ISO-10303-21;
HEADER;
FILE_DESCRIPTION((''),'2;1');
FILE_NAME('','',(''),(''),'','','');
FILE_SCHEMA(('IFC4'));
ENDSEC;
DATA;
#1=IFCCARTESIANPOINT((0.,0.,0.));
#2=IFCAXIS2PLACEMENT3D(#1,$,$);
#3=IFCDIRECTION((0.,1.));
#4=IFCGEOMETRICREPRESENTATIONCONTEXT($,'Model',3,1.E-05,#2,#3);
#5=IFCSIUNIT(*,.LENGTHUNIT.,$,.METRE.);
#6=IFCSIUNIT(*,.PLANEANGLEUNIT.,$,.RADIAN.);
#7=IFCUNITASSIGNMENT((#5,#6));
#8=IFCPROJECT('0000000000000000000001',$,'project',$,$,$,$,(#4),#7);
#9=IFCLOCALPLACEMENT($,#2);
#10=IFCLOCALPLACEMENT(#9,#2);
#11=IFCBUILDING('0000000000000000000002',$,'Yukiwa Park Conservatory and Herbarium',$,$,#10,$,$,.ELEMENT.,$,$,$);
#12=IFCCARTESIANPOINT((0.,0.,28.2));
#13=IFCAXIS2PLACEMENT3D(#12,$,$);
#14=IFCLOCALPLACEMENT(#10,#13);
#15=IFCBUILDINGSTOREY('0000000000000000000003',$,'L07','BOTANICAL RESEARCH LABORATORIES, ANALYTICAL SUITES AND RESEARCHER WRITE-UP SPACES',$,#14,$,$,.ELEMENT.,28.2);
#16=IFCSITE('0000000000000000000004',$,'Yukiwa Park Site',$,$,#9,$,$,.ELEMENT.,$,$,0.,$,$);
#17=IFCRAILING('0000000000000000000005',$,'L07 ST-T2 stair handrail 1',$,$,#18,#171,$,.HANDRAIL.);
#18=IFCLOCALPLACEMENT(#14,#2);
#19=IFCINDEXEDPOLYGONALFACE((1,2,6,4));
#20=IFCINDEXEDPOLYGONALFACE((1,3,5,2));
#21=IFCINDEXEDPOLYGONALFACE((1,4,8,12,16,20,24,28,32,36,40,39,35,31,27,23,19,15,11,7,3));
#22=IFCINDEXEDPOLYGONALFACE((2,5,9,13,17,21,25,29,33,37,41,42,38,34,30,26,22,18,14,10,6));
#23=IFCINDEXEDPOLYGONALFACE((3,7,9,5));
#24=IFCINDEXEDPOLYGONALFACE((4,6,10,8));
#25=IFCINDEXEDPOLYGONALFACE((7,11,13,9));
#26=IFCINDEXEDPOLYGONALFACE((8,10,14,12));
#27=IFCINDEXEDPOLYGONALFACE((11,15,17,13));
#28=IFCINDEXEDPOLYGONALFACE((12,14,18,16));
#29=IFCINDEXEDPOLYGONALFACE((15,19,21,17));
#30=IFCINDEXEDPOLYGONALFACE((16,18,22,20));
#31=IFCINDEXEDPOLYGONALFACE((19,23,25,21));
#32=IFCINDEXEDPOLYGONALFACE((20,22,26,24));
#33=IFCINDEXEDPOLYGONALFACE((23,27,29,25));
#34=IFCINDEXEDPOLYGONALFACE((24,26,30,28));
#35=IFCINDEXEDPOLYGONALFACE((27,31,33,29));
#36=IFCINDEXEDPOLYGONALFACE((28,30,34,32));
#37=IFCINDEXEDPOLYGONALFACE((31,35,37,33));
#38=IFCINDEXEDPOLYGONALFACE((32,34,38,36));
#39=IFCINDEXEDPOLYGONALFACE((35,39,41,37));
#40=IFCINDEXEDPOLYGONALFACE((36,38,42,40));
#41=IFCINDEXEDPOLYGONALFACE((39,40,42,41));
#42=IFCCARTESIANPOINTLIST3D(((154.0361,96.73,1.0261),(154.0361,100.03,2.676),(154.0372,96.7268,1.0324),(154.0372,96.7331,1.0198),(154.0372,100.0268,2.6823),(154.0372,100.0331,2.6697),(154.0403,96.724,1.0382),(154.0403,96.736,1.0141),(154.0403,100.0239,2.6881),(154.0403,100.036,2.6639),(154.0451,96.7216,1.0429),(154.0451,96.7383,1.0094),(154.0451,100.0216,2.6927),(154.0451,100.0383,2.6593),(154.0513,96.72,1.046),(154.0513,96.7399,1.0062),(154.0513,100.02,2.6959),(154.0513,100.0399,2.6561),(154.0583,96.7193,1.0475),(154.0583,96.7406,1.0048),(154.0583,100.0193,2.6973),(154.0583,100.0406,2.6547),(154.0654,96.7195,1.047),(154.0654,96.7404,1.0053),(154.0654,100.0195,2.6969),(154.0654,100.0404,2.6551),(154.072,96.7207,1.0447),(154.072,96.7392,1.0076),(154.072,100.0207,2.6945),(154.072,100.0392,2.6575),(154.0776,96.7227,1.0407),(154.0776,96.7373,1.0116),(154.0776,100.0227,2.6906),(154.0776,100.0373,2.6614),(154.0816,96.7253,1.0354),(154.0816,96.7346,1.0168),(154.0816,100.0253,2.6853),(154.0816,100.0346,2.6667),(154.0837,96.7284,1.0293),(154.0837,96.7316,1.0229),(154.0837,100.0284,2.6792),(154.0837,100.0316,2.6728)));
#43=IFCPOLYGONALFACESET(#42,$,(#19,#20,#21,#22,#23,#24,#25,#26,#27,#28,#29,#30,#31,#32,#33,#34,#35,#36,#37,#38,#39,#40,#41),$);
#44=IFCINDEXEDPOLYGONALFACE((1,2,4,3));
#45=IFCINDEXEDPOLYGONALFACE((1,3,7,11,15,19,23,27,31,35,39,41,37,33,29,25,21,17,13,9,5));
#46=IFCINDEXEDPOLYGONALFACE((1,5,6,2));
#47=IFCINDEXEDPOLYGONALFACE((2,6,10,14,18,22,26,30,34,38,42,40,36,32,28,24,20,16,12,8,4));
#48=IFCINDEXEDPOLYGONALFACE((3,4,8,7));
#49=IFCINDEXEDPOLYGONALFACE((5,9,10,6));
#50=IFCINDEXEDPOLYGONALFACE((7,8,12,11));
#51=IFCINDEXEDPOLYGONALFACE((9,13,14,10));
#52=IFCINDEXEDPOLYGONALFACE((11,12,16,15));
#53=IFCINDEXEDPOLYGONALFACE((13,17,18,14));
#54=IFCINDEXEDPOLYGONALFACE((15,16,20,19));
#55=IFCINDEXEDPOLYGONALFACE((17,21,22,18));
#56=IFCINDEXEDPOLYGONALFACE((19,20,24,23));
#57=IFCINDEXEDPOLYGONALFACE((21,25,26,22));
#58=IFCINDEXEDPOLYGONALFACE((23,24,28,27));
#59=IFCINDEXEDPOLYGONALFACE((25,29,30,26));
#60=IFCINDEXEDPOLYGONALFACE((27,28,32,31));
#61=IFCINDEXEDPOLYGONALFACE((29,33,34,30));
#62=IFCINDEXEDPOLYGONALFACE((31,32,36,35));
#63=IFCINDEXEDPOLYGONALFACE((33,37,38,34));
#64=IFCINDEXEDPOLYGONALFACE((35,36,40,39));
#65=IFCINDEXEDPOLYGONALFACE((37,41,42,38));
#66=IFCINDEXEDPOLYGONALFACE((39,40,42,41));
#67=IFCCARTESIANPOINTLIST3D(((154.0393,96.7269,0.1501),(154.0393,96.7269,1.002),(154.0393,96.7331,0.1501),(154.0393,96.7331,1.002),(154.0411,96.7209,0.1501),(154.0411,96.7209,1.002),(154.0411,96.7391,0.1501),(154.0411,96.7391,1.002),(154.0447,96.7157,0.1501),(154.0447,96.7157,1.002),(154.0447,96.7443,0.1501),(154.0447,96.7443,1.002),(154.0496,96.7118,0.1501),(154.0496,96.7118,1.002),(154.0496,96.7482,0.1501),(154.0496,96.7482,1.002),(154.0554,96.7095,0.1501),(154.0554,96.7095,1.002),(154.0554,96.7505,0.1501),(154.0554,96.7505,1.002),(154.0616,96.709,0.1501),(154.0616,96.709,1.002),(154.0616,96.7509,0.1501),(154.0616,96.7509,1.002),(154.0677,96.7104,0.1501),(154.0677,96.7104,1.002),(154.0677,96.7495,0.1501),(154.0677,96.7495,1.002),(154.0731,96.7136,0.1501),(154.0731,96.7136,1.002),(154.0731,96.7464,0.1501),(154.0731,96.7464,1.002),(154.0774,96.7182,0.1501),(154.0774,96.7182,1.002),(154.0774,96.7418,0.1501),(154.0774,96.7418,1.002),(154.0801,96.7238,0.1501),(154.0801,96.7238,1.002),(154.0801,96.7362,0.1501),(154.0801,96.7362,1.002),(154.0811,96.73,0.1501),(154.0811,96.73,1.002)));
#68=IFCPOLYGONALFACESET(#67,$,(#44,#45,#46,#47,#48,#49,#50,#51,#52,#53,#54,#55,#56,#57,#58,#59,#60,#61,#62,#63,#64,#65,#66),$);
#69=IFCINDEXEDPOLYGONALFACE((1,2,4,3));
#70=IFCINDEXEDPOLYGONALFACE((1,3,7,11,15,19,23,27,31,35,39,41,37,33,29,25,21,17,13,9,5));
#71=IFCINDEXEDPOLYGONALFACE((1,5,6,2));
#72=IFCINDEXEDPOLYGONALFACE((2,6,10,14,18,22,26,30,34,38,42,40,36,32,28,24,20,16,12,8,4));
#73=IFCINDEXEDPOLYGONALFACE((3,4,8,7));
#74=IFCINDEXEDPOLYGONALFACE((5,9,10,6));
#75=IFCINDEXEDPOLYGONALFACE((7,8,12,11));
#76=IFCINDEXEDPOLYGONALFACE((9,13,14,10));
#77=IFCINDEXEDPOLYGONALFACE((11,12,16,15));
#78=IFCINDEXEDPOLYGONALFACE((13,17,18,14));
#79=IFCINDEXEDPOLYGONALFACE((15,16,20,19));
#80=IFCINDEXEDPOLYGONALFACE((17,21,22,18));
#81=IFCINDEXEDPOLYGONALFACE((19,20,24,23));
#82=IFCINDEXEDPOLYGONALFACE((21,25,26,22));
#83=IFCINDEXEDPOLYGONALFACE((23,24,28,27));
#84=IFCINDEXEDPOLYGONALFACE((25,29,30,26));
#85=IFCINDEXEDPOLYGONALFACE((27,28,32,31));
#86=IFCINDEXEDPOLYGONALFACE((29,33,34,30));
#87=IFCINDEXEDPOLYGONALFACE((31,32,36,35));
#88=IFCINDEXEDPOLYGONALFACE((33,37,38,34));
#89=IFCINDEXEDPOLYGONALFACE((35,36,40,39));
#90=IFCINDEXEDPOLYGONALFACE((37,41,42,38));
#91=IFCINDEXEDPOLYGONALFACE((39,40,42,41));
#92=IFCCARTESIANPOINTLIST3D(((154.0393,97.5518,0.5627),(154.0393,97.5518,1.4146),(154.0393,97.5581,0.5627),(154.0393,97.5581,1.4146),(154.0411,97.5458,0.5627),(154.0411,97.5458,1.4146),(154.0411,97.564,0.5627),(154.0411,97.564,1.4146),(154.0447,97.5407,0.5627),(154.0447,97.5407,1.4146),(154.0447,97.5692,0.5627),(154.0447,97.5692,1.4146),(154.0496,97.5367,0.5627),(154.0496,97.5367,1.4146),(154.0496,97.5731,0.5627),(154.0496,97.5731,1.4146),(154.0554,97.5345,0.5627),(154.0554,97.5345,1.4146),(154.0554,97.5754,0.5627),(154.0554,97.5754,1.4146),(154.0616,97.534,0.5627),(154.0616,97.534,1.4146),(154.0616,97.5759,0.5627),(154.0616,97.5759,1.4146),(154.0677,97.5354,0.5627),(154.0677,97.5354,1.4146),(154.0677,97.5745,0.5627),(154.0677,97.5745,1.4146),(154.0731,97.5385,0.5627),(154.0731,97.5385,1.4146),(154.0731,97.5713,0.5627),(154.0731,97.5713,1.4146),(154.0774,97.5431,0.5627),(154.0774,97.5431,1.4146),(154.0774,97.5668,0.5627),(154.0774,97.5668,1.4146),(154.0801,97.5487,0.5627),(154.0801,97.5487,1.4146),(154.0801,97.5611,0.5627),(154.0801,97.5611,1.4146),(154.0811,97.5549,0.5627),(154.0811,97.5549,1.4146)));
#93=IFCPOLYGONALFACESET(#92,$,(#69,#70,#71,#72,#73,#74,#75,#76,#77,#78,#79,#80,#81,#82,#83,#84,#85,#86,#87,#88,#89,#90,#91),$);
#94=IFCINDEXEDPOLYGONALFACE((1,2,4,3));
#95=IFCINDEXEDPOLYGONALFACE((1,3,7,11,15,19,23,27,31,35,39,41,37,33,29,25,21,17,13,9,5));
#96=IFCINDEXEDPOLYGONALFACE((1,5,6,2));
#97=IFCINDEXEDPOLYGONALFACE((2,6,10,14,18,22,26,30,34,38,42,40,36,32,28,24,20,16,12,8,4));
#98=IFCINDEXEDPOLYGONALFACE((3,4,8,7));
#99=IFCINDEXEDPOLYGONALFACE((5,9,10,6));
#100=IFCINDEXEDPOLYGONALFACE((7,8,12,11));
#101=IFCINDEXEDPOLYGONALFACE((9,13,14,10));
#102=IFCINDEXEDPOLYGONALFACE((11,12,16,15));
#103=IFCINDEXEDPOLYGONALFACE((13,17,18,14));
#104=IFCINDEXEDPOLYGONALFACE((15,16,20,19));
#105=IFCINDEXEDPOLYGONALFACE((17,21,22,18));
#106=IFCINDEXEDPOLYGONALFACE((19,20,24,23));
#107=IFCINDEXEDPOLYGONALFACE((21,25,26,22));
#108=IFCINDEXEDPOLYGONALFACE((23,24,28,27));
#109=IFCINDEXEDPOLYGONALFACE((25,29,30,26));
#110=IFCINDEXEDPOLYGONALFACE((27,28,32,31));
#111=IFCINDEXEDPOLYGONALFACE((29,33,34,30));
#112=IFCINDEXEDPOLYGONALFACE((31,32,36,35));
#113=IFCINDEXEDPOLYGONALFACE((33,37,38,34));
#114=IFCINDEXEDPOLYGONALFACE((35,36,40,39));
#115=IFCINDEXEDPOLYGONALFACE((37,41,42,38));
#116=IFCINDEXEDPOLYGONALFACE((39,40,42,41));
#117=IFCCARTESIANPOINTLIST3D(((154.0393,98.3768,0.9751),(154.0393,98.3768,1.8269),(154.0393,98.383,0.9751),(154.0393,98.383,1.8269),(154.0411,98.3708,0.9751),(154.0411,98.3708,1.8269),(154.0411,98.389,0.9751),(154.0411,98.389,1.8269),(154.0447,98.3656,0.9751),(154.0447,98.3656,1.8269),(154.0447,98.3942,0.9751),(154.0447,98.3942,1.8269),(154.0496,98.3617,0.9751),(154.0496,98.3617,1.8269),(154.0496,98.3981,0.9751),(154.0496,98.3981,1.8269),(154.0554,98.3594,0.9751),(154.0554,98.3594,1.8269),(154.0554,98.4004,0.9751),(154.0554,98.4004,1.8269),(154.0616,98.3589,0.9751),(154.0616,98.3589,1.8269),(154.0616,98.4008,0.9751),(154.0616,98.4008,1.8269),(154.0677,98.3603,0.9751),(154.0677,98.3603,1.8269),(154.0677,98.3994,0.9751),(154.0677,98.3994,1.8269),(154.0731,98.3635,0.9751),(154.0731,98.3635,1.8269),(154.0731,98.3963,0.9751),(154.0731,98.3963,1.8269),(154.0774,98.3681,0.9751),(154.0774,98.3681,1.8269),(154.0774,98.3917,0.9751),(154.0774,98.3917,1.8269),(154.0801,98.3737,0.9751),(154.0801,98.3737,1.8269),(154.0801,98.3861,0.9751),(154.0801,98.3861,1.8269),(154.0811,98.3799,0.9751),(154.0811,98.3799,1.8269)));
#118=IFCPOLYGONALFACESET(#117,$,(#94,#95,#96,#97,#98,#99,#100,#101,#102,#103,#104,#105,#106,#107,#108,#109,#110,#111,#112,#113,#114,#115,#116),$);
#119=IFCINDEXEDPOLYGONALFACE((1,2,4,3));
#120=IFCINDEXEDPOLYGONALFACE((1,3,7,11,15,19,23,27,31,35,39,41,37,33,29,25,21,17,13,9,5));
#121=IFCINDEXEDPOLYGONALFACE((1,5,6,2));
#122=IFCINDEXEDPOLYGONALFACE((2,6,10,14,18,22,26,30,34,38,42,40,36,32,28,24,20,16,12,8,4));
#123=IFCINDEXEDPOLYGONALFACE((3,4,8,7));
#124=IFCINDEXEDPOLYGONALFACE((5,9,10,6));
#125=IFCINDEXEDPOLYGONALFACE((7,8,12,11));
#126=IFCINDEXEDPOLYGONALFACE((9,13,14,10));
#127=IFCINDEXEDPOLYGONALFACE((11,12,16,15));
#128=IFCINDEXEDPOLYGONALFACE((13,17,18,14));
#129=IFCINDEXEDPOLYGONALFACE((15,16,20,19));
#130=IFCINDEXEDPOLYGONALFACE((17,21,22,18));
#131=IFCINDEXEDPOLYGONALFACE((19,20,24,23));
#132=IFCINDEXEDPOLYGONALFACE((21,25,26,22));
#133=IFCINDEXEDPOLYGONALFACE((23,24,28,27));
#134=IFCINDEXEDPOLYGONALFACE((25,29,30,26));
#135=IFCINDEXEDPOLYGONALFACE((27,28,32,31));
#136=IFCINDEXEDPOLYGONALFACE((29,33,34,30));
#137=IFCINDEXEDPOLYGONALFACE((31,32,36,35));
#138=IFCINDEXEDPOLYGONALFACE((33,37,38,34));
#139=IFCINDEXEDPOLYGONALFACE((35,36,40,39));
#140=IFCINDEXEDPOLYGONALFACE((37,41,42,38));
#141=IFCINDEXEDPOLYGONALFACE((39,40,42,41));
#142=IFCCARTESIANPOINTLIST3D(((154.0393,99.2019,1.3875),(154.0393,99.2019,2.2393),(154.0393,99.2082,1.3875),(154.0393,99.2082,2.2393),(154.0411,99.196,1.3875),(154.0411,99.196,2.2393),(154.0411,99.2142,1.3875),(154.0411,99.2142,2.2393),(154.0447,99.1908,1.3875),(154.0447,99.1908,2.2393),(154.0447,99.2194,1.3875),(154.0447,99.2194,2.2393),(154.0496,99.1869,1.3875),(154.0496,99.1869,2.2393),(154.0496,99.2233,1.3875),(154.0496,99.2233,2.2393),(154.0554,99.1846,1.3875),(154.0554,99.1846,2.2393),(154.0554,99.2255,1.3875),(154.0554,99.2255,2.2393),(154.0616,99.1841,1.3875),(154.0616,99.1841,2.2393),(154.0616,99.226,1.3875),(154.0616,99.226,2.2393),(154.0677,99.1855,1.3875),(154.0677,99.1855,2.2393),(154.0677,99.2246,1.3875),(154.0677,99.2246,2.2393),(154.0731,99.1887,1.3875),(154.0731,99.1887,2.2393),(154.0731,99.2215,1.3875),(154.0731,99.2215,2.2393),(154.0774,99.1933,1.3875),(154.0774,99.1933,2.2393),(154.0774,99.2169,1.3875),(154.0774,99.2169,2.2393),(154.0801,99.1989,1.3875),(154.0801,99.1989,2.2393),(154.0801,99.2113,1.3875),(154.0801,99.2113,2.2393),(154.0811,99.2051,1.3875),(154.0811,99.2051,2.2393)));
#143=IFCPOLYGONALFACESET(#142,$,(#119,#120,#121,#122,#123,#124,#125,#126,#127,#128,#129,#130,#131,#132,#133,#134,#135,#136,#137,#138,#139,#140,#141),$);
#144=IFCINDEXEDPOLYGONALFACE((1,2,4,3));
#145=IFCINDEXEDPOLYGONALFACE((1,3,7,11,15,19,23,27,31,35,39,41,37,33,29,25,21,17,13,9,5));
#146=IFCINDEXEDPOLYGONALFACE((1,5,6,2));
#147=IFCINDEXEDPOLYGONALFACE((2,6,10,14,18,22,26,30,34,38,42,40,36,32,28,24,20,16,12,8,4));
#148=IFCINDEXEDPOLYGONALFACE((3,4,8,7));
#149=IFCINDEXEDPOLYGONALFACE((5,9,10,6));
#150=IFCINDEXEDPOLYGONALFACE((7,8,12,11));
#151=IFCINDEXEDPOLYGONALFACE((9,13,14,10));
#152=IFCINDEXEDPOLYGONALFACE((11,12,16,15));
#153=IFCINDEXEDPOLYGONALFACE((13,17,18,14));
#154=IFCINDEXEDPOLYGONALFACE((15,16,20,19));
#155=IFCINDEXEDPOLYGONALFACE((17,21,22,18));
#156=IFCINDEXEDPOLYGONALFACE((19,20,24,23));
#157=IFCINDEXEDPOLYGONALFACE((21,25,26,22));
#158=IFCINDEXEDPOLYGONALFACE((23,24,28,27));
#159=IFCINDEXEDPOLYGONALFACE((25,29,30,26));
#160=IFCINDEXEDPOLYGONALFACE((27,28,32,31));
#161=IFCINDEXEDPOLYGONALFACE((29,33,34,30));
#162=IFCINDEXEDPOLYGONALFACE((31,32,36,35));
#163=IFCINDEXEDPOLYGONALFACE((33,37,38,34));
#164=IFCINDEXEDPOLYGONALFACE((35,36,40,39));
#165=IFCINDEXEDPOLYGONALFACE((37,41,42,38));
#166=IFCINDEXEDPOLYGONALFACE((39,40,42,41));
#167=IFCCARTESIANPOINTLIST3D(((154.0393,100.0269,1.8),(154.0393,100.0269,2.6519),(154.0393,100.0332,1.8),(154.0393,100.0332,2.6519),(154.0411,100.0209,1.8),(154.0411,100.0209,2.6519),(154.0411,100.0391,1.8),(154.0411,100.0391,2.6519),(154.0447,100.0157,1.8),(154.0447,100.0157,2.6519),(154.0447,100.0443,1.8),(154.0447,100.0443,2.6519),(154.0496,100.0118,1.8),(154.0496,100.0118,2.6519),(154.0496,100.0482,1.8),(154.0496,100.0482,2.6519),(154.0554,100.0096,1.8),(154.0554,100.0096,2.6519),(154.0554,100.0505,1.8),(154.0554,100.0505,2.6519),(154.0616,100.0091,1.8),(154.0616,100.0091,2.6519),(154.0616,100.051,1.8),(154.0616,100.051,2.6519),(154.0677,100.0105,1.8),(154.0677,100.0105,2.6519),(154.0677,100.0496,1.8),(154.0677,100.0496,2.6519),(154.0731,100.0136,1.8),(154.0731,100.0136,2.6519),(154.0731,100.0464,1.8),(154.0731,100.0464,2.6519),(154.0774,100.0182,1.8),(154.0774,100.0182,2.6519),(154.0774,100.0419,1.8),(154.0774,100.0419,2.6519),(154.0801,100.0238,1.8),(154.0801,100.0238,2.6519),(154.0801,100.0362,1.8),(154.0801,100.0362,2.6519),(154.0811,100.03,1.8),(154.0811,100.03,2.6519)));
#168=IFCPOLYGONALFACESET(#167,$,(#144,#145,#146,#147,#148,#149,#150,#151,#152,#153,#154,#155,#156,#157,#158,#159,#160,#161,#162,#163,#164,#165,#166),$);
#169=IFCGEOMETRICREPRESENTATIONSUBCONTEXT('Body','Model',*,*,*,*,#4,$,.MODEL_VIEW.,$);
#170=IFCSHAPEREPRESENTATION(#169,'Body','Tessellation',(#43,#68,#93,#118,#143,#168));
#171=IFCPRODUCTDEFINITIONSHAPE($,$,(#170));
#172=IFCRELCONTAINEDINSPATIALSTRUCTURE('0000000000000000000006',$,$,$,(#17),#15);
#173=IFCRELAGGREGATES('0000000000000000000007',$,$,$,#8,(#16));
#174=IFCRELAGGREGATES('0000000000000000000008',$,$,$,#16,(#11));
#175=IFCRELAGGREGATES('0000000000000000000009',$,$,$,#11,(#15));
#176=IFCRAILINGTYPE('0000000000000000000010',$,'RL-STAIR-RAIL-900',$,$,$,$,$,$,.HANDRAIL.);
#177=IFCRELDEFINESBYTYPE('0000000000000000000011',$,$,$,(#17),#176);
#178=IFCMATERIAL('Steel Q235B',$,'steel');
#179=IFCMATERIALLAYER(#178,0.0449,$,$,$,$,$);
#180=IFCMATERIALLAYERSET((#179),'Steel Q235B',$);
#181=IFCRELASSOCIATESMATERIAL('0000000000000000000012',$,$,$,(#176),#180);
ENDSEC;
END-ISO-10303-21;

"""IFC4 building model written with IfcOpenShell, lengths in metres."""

from ifc_helpers import new_model, si_unit, direction, frame, origin, origin_2d, place, context, subcontext, project, spatial, circle, extrude, material, layer, layer_set, type_object, element, save


model = new_model("IFC4")

# Units and contexts
model_context = context("Model", 3, precision=1e-05, world=origin(), true_north=direction((0.0, 1.0)))
body_context = subcontext(model_context, "Body", "Model", "MODEL_VIEW")
ifc_project = project(units=[si_unit("LENGTHUNIT", "METRE"), si_unit("PLANEANGLEUNIT", "RADIAN")], contexts=[model_context])

# Site, building, storey
site_placement = place(None, origin())
site = spatial("IfcSite", under=ifc_project, at=site_placement, Name="Yukiwa Park Site", CompositionType="ELEMENT", RefElevation=0.0)
building_placement = place(site_placement, origin())
building = spatial("IfcBuilding", under=site, at=building_placement, Name="Yukiwa Park Conservatory and Herbarium", CompositionType="ELEMENT")
storey_placement = place(building_placement, frame((0.0, 0.0, 28.2)))
storey = spatial("IfcBuildingStorey", under=building, at=storey_placement, Name="L07", Description="BOTANICAL RESEARCH LABORATORIES, ANALYTICAL SUITES AND RESEARCHER WRITE-UP SPACES", CompositionType="ELEMENT", Elevation=28.2)

# Railing
ifc_material_1 = material(Name="Steel Q235B", Category="steel")
ifc_layer_1 = layer(ifc_material_1, 0.0449)
ifc_layer_set_1 = layer_set([ifc_layer_1], Name="Steel Q235B")
railing_type_1 = type_object("IfcRailingType", Name="RL-STAIR-RAIL-900", PredefinedType="HANDRAIL", material=ifc_layer_set_1)
railing_1_placement = place(storey_placement, frame((154.0601, 96.73, 0.1501)))
element("IfcRailing", 1, at=railing_1_placement, inside=storey, type_object=railing_type_1, Name="L07 ST-T2 stair handrail 1", PredefinedType="HANDRAIL", context=body_context, shape_type="SweptSolid", body=[
    extrude(circle(Radius=0.0239, at=origin_2d()), frame((0.0, 0.0, 0.876), z_axis=(0.0, 0.89444, 0.447187), x_axis=(-1.0, 0.0, 0.0)), (0.0, 0.0, 1.0), 3.6895),
    extrude(circle(Radius=0.021, at=origin_2d()), origin(), (0.0, 0.0, 1.0), 0.8518),
    extrude(circle(Radius=0.021, at=origin_2d()), frame((0.0, 0.825, 0.4126)), (0.0, 0.0, 1.0), 0.8518),
    extrude(circle(Radius=0.021, at=origin_2d()), frame((0.0, 1.6499, 0.825)), (0.0, 0.0, 1.0), 0.8518),
    extrude(circle(Radius=0.021, at=origin_2d()), frame((0.0, 2.4751, 1.2373)), (0.0, 0.0, 1.0), 0.8518),
    extrude(circle(Radius=0.021, at=origin_2d()), frame((0.0, 3.3, 1.6499)), (0.0, 0.0, 1.0), 0.8518),
])

save(model, "model.ifc")
